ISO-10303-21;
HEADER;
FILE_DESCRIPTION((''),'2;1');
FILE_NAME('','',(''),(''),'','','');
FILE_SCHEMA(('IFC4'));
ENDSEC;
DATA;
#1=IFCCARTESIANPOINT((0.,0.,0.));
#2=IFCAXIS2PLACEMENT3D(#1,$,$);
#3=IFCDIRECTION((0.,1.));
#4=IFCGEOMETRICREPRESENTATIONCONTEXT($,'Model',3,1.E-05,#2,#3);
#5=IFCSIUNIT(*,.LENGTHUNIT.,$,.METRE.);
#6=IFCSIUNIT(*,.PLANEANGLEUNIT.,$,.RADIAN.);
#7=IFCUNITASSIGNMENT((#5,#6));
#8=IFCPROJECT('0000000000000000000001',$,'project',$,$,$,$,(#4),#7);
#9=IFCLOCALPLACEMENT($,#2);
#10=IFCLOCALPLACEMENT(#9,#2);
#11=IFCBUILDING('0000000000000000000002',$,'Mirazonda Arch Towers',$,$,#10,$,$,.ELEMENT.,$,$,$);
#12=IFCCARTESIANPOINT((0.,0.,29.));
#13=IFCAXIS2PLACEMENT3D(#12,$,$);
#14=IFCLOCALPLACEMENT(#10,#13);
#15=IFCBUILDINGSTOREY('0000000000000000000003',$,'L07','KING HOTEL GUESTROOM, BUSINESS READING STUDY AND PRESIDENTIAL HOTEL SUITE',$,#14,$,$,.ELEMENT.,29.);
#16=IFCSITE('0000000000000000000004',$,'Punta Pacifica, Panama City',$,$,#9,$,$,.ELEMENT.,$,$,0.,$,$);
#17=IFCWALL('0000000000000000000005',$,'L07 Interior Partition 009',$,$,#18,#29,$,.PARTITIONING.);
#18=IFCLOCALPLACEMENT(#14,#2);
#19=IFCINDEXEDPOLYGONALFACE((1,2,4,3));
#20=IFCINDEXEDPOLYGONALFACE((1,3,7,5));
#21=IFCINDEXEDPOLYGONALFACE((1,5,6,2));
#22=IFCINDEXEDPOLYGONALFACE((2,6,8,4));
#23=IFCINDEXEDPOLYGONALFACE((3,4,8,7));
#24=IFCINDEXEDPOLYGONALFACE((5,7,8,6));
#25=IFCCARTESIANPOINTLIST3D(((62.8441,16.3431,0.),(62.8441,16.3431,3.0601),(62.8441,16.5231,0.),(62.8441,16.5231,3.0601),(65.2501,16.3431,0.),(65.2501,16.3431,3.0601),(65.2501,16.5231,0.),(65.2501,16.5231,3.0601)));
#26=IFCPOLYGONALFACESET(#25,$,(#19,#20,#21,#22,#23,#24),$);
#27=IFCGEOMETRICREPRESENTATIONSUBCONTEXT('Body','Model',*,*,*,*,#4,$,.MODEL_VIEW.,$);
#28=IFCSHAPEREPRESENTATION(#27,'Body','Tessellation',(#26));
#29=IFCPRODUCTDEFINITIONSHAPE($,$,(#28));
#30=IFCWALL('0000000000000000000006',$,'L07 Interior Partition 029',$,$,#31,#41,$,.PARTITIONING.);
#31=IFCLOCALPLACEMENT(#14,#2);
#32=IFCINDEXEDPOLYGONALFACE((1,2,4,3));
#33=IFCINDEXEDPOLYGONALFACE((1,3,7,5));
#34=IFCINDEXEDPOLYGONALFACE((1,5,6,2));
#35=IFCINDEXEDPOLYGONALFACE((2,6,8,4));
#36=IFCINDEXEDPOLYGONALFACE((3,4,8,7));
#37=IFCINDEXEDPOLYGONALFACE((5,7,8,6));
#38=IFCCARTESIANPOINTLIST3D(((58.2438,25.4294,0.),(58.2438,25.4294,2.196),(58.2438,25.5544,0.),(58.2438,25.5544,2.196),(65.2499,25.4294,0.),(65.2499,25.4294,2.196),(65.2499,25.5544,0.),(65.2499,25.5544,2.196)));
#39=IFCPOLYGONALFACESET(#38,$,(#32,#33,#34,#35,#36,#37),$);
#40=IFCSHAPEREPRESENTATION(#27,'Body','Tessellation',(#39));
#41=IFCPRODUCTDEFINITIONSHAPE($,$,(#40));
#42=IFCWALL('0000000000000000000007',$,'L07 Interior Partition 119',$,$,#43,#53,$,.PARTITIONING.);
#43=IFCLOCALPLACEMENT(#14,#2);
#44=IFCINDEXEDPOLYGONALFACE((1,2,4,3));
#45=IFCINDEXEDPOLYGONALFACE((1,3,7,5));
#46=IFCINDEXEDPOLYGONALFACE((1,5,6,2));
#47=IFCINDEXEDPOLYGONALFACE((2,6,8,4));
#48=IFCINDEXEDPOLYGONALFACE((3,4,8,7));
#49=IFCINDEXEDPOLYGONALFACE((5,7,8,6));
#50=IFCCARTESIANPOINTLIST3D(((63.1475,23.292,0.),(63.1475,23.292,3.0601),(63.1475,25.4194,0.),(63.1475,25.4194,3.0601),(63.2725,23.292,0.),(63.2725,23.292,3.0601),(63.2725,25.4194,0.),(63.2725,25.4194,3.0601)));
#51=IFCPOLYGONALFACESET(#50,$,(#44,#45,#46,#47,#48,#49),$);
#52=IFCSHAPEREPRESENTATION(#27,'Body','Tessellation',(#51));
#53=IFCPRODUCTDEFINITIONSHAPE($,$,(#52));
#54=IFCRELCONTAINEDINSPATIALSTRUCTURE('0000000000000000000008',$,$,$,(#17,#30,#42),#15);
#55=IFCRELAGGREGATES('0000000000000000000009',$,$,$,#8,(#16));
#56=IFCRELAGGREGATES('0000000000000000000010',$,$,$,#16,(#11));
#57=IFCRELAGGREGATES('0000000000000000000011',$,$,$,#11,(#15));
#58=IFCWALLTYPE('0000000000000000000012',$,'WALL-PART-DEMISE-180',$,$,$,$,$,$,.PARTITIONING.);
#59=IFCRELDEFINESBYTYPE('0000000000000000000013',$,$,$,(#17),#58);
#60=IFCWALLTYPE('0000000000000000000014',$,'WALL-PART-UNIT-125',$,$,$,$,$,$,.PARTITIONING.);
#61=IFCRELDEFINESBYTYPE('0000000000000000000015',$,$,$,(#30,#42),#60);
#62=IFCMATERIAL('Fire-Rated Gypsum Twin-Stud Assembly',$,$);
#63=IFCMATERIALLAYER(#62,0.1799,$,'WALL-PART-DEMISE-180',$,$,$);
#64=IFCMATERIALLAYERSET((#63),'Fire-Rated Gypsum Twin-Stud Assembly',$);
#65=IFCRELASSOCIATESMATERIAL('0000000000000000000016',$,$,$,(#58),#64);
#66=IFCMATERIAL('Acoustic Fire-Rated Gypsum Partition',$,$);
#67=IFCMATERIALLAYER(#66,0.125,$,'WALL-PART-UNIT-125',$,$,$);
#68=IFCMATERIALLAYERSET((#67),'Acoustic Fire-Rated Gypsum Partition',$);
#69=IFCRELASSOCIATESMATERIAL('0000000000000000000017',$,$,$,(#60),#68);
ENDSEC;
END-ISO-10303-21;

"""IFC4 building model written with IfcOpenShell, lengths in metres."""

from ifc_helpers import new_model, si_unit, direction, frame, frame_2d, origin, place, context, subcontext, project, spatial, rectangle, extrude, material, layer, layer_set, type_object, element, save


model = new_model("IFC4")

# Units and contexts
model_context = context("Model", 3, precision=1e-05, world=origin(), true_north=direction((0.0, 1.0)))
body_context = subcontext(model_context, "Body", "Model", "MODEL_VIEW")
ifc_project = project(units=[si_unit("LENGTHUNIT", "METRE"), si_unit("PLANEANGLEUNIT", "RADIAN")], contexts=[model_context])

# Site, building, storey
site_placement = place(None, origin())
site = spatial("IfcSite", under=ifc_project, at=site_placement, Name="Punta Pacifica, Panama City", CompositionType="ELEMENT", RefElevation=0.0)
building_placement = place(site_placement, origin())
building = spatial("IfcBuilding", under=site, at=building_placement, Name="Mirazonda Arch Towers", CompositionType="ELEMENT")
storey_placement = place(building_placement, frame((0.0, 0.0, 29.0)))
storey = spatial("IfcBuildingStorey", under=building, at=storey_placement, Name="L07", Description="KING HOTEL GUESTROOM, BUSINESS READING STUDY AND PRESIDENTIAL HOTEL SUITE", CompositionType="ELEMENT", Elevation=29.0)

# Wall
ifc_material_1 = material(Name="Fire-Rated Gypsum Twin-Stud Assembly")
ifc_layer_1 = layer(ifc_material_1, 0.1799, Name="WALL-PART-DEMISE-180")
ifc_layer_set_1 = layer_set([ifc_layer_1], Name="Fire-Rated Gypsum Twin-Stud Assembly")
wall_type_1 = type_object("IfcWallType", Name="WALL-PART-DEMISE-180", PredefinedType="PARTITIONING", material=ifc_layer_set_1)
wall_1_placement = place(storey_placement, frame((62.844, 16.4331, 0.0), z_axis=(0.0, 0.0, 1.0), x_axis=(1.0, 0.0, 0.0)))
element("IfcWall", 1, at=wall_1_placement, inside=storey, type_object=wall_type_1, Name="L07 Interior Partition 009", PredefinedType="PARTITIONING", context=body_context, shape_type="SweptSolid", body=[
    extrude(rectangle(XDim=2.406, YDim=0.1799, at=frame_2d((1.2031, 0.0))), origin(), (0.0, 0.0, 1.0), 3.0601),
])

# Walls
ifc_material_2 = material(Name="Acoustic Fire-Rated Gypsum Partition")
ifc_layer_2 = layer(ifc_material_2, 0.125, Name="WALL-PART-UNIT-125")
ifc_layer_set_2 = layer_set([ifc_layer_2], Name="Acoustic Fire-Rated Gypsum Partition")
wall_type_2 = type_object("IfcWallType", Name="WALL-PART-UNIT-125", PredefinedType="PARTITIONING", material=ifc_layer_set_2)
wall_2_placement = place(storey_placement, frame((58.2439, 25.4919, 0.0), z_axis=(0.0, 0.0, 1.0), x_axis=(1.0, 0.0, 0.0)))
element("IfcWall", 2, at=wall_2_placement, inside=storey, type_object=wall_type_2, Name="L07 Interior Partition 029", PredefinedType="PARTITIONING", context=body_context, shape_type="SweptSolid", body=[
    extrude(rectangle(XDim=7.0061, YDim=0.125, at=frame_2d((3.5029, 0.0))), origin(), (0.0, 0.0, 1.0), 2.196),
])
wall_3_placement = place(storey_placement, frame((63.21, 23.292, 0.0), z_axis=(0.0, 0.0, 1.0), x_axis=(0.0, 1.0, 0.0)))
element("IfcWall", 3, at=wall_3_placement, inside=storey, type_object=wall_type_2, Name="L07 Interior Partition 119", PredefinedType="PARTITIONING", context=body_context, shape_type="SweptSolid", body=[
    extrude(rectangle(XDim=2.1274, YDim=0.125, at=frame_2d((1.0637, 0.0))), origin(), (0.0, 0.0, 1.0), 3.0601),
])

save(model, "model.ifc")
